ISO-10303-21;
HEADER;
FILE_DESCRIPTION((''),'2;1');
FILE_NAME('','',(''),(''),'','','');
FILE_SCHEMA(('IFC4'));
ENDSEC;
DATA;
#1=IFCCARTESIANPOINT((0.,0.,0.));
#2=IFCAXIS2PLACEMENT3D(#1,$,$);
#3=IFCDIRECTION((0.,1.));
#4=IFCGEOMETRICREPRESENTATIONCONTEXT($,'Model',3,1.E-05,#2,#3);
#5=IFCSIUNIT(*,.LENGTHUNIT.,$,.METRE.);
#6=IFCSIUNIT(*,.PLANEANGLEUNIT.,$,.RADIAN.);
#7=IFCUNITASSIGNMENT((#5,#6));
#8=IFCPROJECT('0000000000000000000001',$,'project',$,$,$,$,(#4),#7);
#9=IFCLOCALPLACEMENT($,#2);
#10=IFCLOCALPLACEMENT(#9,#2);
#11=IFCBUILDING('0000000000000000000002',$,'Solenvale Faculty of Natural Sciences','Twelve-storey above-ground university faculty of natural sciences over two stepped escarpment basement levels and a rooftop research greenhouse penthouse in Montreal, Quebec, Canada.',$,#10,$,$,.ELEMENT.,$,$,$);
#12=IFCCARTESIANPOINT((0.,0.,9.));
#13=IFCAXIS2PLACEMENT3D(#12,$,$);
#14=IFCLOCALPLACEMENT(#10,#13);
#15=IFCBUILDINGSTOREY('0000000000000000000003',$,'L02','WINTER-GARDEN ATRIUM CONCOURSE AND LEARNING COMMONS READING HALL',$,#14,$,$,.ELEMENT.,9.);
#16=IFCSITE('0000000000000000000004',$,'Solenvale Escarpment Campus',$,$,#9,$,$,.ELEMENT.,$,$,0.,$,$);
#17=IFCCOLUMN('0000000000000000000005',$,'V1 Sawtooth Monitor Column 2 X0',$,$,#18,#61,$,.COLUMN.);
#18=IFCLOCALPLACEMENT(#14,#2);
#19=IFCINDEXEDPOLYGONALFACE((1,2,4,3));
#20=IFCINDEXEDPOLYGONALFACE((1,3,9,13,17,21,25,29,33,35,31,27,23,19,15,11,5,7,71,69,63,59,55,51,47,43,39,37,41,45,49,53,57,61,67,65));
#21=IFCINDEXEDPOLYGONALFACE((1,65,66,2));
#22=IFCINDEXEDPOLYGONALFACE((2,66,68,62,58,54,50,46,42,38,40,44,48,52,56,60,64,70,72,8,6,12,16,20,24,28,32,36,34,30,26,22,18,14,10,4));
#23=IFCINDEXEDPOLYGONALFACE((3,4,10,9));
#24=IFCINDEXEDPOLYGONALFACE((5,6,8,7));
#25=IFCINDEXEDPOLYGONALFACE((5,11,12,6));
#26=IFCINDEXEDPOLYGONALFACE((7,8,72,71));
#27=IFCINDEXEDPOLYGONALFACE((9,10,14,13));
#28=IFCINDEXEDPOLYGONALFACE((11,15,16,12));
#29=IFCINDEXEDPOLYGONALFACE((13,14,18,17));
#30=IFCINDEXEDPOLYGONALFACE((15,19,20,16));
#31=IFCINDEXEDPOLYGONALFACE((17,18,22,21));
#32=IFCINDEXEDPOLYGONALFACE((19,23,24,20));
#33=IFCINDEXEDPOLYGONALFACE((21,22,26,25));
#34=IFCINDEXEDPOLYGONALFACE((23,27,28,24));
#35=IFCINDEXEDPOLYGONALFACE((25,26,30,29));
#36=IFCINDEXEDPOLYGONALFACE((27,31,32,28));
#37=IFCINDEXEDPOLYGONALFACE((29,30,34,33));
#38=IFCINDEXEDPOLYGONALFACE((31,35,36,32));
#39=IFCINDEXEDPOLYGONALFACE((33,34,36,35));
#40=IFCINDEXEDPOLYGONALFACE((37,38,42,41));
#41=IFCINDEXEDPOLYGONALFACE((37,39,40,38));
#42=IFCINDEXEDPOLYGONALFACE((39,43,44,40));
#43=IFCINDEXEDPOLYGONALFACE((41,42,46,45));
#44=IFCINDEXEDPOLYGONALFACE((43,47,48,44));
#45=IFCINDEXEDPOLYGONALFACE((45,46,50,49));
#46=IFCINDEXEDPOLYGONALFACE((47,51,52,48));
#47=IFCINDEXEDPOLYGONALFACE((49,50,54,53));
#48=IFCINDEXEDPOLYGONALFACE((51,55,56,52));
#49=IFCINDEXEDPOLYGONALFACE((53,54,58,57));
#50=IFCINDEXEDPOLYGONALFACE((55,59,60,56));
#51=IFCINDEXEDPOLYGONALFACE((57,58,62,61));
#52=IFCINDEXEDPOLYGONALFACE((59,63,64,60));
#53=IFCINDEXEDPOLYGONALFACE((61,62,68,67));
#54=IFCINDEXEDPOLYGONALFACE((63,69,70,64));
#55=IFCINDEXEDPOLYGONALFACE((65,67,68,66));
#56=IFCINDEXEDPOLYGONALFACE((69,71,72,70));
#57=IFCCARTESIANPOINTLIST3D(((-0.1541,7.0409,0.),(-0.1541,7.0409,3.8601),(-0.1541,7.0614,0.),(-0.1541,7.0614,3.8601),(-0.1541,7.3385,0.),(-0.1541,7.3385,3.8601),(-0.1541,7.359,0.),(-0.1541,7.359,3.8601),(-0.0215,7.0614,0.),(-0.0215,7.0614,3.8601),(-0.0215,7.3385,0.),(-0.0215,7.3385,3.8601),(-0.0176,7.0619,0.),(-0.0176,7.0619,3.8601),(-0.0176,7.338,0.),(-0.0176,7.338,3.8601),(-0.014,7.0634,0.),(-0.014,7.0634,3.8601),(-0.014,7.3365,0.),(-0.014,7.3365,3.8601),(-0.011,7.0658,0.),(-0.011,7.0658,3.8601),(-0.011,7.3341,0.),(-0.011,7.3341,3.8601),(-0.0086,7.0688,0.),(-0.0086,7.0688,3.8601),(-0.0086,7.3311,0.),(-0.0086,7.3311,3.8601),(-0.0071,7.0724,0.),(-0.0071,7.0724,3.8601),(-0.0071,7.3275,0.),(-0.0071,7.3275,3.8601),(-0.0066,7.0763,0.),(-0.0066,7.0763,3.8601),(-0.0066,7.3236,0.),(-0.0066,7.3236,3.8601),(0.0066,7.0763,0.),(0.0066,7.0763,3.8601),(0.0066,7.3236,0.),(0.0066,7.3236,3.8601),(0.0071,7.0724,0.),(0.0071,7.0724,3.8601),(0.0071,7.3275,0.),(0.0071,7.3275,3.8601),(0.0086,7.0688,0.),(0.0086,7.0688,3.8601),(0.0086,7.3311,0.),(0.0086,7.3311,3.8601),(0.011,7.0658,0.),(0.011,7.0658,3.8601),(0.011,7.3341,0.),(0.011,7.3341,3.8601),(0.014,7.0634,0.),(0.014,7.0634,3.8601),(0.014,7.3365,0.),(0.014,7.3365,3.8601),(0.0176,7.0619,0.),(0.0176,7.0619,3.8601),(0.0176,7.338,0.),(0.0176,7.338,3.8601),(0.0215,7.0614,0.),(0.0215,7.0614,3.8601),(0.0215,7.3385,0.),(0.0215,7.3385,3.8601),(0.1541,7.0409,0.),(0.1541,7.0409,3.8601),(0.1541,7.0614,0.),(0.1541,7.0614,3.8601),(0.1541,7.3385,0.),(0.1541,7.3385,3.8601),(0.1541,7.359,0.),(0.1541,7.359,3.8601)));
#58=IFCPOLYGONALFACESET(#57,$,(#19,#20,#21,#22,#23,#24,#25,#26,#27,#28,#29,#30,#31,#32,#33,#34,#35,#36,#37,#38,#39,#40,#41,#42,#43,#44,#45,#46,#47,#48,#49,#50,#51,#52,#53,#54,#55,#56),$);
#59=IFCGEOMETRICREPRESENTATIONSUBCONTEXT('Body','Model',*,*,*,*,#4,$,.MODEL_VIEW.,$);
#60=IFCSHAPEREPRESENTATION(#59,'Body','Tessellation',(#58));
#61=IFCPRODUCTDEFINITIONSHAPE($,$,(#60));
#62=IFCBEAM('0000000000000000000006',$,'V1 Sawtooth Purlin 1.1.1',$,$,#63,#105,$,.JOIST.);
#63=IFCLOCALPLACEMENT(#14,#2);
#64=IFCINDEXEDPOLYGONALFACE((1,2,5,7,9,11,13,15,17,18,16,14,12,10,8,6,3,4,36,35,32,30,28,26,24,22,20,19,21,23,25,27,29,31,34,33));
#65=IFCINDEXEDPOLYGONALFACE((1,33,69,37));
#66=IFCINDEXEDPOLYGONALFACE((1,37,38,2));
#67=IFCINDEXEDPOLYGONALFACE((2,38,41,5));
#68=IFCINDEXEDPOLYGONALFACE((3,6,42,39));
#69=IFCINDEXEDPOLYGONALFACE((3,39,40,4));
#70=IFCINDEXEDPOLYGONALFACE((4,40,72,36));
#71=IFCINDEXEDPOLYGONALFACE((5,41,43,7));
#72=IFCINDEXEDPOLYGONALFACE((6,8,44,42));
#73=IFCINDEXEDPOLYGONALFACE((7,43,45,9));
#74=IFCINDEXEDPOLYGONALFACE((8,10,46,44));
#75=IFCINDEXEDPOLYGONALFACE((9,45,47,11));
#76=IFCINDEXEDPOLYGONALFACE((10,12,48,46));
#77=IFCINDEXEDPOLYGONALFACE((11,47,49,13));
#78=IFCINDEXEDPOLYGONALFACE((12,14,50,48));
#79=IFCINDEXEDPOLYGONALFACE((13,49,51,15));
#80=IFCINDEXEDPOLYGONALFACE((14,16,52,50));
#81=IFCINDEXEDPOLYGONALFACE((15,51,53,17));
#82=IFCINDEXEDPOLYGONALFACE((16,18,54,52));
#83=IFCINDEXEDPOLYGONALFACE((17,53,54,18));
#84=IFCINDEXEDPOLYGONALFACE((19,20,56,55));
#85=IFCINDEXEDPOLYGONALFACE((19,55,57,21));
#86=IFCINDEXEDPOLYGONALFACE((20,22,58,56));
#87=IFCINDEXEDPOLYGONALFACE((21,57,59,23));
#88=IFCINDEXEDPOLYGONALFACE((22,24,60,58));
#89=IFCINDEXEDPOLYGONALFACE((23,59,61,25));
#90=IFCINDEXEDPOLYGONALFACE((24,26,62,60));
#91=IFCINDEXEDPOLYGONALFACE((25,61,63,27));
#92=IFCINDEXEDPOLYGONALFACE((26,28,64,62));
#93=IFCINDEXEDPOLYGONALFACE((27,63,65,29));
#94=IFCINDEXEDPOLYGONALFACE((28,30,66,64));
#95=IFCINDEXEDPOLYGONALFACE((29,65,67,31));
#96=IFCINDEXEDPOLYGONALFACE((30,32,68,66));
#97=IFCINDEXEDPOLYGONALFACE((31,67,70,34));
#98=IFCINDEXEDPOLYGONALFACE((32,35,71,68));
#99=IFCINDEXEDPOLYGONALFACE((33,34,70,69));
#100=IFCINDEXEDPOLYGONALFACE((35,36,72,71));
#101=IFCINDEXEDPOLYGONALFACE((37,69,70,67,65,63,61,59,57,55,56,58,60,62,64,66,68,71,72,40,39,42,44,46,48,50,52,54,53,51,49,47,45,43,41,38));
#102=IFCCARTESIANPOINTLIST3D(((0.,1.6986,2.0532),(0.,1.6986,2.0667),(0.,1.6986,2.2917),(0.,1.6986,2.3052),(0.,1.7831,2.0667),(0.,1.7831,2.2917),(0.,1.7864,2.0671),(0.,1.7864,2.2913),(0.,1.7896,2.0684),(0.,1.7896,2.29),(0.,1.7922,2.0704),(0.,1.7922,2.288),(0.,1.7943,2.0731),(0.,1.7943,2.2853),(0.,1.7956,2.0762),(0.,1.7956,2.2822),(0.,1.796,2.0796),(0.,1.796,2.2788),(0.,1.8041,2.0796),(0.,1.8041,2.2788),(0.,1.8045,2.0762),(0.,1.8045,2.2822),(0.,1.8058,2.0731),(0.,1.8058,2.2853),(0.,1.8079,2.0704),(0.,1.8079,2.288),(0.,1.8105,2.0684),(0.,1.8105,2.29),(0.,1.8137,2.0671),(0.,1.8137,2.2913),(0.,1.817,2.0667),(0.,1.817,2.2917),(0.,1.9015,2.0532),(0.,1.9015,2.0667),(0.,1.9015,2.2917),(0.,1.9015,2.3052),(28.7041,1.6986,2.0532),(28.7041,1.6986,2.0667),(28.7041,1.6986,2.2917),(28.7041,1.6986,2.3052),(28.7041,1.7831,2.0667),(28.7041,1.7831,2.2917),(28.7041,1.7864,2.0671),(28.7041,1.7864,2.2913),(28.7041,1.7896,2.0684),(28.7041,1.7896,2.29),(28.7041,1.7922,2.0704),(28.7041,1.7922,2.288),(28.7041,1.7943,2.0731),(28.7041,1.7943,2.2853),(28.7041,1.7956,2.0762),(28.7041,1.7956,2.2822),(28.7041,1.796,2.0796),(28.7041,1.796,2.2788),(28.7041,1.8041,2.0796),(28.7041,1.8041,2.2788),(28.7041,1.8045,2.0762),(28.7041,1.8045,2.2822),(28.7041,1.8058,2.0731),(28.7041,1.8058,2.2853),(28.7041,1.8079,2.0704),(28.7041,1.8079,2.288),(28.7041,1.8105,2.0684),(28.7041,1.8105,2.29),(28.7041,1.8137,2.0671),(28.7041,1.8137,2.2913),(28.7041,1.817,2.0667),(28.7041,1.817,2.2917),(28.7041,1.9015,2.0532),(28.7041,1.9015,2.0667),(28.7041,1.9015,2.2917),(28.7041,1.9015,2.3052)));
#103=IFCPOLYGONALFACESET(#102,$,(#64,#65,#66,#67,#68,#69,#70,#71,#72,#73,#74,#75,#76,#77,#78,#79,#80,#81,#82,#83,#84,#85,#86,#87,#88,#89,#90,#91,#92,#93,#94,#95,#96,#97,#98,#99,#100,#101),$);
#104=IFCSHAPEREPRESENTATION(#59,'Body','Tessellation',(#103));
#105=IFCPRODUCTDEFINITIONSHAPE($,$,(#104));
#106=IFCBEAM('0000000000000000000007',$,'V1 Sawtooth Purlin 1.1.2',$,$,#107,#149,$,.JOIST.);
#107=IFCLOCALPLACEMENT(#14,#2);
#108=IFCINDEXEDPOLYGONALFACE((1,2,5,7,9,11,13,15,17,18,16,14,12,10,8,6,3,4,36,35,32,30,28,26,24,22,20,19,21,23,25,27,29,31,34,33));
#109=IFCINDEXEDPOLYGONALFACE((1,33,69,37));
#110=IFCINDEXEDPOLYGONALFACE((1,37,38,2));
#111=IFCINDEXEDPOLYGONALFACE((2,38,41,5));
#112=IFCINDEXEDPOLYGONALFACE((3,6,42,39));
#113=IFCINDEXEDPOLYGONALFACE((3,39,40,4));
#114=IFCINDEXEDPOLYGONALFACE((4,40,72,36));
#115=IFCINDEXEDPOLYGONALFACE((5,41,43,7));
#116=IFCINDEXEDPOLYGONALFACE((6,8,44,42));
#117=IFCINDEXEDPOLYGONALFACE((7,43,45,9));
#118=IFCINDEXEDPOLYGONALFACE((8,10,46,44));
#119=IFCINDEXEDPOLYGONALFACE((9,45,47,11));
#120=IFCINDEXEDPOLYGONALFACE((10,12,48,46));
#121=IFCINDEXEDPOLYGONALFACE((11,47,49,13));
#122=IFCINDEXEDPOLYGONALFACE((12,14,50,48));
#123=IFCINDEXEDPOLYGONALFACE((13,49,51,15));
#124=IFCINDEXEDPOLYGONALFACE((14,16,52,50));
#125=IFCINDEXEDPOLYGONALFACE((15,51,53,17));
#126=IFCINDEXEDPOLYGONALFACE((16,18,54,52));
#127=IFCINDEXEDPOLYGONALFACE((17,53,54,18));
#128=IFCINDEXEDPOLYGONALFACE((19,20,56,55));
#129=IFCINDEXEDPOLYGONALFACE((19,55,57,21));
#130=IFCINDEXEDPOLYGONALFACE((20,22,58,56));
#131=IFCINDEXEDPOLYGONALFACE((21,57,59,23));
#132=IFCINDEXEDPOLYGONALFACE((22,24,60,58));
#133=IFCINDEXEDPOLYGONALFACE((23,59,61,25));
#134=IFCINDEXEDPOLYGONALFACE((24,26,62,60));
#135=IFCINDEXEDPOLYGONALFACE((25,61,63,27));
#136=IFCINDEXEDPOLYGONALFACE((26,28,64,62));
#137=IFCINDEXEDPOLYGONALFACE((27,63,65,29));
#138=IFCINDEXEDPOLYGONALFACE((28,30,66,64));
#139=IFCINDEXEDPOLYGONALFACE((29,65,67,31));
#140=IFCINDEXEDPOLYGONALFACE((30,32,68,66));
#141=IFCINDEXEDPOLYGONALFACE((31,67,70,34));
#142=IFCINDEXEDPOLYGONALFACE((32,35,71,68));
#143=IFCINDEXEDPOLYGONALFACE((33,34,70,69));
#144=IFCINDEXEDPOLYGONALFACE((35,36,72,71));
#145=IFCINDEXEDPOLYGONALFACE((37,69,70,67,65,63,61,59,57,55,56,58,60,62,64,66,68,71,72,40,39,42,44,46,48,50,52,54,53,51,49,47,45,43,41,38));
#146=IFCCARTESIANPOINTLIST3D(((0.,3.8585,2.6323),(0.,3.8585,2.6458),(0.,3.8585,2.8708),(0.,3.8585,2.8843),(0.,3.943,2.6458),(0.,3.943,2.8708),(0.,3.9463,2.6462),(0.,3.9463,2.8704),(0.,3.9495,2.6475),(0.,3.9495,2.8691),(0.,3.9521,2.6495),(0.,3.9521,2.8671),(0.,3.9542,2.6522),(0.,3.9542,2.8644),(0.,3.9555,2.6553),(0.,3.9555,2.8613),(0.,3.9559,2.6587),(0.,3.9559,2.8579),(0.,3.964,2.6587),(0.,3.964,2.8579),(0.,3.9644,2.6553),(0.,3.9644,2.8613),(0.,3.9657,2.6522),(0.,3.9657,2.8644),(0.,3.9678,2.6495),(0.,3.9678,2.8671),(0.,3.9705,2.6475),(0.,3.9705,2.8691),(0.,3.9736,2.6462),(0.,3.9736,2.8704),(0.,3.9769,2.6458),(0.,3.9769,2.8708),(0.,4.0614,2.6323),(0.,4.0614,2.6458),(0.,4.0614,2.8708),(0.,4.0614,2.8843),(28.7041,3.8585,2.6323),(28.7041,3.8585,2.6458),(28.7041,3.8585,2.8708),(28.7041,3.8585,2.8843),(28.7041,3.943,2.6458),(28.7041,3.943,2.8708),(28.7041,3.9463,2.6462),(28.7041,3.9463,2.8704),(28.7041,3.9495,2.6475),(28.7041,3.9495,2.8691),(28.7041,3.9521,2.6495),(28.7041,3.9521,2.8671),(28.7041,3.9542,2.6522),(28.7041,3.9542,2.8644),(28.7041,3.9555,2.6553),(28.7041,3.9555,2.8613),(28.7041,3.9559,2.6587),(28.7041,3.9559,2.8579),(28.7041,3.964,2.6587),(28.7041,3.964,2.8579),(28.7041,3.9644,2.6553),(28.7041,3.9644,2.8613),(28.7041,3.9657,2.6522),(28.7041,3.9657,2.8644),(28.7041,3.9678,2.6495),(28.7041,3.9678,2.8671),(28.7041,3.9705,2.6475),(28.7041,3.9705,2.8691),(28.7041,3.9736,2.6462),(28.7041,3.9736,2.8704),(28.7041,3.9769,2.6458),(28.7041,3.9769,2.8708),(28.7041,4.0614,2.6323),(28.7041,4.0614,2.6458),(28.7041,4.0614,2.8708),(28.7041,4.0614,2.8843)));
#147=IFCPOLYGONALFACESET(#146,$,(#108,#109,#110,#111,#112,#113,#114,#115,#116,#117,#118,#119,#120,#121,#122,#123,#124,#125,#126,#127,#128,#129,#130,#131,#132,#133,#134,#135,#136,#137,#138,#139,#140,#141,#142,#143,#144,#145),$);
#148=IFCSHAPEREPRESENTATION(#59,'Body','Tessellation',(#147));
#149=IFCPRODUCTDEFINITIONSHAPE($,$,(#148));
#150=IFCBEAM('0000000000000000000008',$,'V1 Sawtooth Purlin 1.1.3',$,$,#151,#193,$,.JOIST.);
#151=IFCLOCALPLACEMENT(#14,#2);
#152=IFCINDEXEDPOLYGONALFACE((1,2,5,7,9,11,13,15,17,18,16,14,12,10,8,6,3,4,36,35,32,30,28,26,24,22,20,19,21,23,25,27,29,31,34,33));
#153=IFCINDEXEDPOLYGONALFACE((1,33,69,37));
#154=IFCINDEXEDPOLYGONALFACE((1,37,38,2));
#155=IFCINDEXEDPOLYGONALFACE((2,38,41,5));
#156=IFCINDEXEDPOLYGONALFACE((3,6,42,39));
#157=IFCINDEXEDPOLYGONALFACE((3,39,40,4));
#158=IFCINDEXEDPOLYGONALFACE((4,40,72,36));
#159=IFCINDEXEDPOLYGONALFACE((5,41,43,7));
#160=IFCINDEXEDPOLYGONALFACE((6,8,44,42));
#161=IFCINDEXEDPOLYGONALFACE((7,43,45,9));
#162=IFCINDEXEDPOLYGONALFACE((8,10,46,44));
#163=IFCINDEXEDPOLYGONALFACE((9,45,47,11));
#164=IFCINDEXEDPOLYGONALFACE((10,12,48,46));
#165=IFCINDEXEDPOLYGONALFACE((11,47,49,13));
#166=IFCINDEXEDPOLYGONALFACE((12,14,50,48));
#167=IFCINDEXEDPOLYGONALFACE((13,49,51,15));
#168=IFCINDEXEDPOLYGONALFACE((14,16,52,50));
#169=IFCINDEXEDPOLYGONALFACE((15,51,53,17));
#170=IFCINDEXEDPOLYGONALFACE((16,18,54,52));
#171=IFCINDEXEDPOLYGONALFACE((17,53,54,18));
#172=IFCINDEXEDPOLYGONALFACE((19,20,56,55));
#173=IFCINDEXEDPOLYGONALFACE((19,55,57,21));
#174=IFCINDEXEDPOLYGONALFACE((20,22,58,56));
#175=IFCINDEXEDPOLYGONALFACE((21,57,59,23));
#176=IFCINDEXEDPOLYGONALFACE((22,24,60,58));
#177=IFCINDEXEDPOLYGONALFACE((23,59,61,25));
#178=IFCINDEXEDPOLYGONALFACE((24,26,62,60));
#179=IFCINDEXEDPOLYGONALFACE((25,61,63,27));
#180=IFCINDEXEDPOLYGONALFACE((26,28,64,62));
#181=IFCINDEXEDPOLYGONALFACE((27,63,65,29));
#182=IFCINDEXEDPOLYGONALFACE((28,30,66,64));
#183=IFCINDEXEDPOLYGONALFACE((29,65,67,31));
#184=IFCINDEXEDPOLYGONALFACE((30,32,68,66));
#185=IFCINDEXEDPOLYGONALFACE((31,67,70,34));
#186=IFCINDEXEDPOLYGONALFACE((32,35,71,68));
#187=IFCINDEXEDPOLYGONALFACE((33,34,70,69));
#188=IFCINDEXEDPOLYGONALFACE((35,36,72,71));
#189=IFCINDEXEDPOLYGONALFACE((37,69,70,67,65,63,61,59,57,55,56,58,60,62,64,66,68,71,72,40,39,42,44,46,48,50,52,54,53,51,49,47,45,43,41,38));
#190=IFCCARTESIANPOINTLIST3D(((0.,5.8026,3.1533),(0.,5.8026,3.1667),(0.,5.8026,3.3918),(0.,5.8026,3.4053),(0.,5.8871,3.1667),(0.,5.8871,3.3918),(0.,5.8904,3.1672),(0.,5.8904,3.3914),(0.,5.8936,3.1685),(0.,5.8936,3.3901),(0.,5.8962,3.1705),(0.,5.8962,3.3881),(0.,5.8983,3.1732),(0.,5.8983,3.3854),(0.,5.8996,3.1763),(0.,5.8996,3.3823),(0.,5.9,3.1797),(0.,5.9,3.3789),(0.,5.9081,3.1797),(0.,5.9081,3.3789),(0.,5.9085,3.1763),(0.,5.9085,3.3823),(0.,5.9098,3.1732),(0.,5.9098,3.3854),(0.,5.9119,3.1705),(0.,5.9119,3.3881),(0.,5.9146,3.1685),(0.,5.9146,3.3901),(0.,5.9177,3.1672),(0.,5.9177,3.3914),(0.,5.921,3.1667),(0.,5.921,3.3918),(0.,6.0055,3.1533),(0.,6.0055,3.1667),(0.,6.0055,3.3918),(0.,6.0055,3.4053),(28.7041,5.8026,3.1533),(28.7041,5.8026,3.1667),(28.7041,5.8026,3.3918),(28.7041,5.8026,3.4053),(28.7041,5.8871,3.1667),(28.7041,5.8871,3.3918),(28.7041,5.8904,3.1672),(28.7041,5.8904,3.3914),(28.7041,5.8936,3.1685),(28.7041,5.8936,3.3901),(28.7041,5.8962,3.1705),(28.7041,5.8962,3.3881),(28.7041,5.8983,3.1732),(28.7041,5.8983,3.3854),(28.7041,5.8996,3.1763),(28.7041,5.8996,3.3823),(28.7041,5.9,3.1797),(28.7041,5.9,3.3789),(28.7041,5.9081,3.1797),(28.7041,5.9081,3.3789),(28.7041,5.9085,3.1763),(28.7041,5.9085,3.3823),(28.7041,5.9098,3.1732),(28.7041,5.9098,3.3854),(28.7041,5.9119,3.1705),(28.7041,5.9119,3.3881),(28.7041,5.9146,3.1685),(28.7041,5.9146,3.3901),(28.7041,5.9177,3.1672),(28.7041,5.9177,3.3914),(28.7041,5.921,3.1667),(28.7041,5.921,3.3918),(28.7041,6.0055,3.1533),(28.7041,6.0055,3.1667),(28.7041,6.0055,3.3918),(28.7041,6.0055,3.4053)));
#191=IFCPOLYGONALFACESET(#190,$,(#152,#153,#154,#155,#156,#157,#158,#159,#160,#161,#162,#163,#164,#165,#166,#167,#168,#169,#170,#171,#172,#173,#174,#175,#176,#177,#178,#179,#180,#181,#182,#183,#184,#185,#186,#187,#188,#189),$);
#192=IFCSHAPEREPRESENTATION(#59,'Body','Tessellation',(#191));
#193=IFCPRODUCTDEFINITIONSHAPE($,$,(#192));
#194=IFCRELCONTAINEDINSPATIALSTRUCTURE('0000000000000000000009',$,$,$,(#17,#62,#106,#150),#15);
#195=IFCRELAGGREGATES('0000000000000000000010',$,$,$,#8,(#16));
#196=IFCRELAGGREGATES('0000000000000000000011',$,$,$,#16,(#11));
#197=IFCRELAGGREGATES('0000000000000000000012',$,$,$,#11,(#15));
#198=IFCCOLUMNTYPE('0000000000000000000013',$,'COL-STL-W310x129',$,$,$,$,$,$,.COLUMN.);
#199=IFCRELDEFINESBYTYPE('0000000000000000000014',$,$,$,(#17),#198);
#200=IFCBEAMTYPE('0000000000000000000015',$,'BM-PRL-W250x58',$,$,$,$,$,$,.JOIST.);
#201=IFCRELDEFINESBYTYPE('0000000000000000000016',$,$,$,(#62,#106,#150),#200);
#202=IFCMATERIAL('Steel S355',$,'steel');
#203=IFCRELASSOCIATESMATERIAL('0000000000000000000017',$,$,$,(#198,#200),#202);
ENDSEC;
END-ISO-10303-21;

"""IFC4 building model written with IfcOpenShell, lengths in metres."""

from ifc_helpers import new_model, si_unit, direction, frame, origin, origin_2d, place, context, subcontext, project, spatial, i_section, extrude, material, material_profile, profile_set, type_object, element, save


model = new_model("IFC4")

# Units and contexts
model_context = context("Model", 3, precision=1e-05, world=origin(), true_north=direction((0.0, 1.0)))
body_context = subcontext(model_context, "Body", "Model", "MODEL_VIEW")
ifc_project = project(units=[si_unit("LENGTHUNIT", "METRE"), si_unit("PLANEANGLEUNIT", "RADIAN")], contexts=[model_context])

# Site, building, storey
site_placement = place(None, origin())
site = spatial("IfcSite", under=ifc_project, at=site_placement, Name="Solenvale Escarpment Campus", CompositionType="ELEMENT", RefElevation=0.0)
building_placement = place(site_placement, origin())
building = spatial("IfcBuilding", under=site, at=building_placement, Name="Solenvale Faculty of Natural Sciences", Description="Twelve-storey above-ground university faculty of natural sciences over two stepped escarpment basement levels and a rooftop research greenhouse penthouse in Montreal, Quebec, Canada.", CompositionType="ELEMENT")
storey_placement = place(building_placement, frame((0.0, 0.0, 9.0)))
storey = spatial("IfcBuildingStorey", under=building, at=storey_placement, Name="L02", Description="WINTER-GARDEN ATRIUM CONCOURSE AND LEARNING COMMONS READING HALL", CompositionType="ELEMENT", Elevation=9.0)

# Column
ifc_material_1 = material(Name="Steel S355", Category="steel")
ifc_material_profile_1 = material_profile(ifc_material_1, i_section(OverallWidth=0.3081, OverallDepth=0.3181, WebThickness=0.0132, FlangeThickness=0.0205, FilletRadius=0.0149, at=origin_2d()), Name="W310x129")
ifc_profile_set_1 = profile_set([ifc_material_profile_1], Name="Steel S355")
column_type = type_object("IfcColumnType", Name="COL-STL-W310x129", PredefinedType="COLUMN", material=ifc_profile_set_1)
column_placement = place(storey_placement, frame((0.0, 7.2, 0.0), z_axis=(0.0, 0.0, 1.0), x_axis=(1.0, 0.0, 0.0)))
element("IfcColumn", 1, at=column_placement, inside=storey, type_object=column_type, Name="V1 Sawtooth Monitor Column 2 X0", PredefinedType="COLUMN", context=body_context, shape_type="SweptSolid", body=[
    extrude(i_section(OverallWidth=0.3081, OverallDepth=0.3181, WebThickness=0.0132, FlangeThickness=0.0205, FilletRadius=0.0149, at=origin_2d()), origin(), (0.0, 0.0, 1.0), 3.8601),
])

# Beams
ifc_material_profile_2 = material_profile(ifc_material_1, i_section(OverallWidth=0.2029, OverallDepth=0.252, WebThickness=0.0081, FlangeThickness=0.0134, FilletRadius=0.0129, at=origin_2d()), Name="W250x58")
ifc_profile_set_2 = profile_set([ifc_material_profile_2], Name="Steel S355")
beam_type_1 = type_object("IfcBeamType", Name="BM-PRL-W250x58", PredefinedType="JOIST", material=ifc_profile_set_2)
for number, where, z_axis, x_axis, name in (
    (2, (0.0, 1.8, 2.1792), (1.0, 0.0, 0.0), (0.0, 1.0, 0.0), "V1 Sawtooth Purlin 1.1.1"),
    (3, (0.0, 3.96, 2.7583), (1.0, 0.0, 0.0), (0.0, 1.0, 0.0), "V1 Sawtooth Purlin 1.1.2"),
    (4, (0.0, 5.9041, 3.2793), (1.0, 0.0, 0.0), (0.0, 1.0, 0.0), "V1 Sawtooth Purlin 1.1.3"),
):
    element("IfcBeam", number, at=place(storey_placement, frame(where, z_axis=z_axis, x_axis=x_axis)), inside=storey, type_object=beam_type_1, Name=name, PredefinedType="JOIST", context=body_context, shape_type="SweptSolid", body=[
        extrude(i_section(OverallWidth=0.2029, OverallDepth=0.252, WebThickness=0.0081, FlangeThickness=0.0134, FilletRadius=0.0129, at=origin_2d()), origin(), (0.0, 0.0, 1.0), 28.7041),
    ])

save(model, "model.ifc")
